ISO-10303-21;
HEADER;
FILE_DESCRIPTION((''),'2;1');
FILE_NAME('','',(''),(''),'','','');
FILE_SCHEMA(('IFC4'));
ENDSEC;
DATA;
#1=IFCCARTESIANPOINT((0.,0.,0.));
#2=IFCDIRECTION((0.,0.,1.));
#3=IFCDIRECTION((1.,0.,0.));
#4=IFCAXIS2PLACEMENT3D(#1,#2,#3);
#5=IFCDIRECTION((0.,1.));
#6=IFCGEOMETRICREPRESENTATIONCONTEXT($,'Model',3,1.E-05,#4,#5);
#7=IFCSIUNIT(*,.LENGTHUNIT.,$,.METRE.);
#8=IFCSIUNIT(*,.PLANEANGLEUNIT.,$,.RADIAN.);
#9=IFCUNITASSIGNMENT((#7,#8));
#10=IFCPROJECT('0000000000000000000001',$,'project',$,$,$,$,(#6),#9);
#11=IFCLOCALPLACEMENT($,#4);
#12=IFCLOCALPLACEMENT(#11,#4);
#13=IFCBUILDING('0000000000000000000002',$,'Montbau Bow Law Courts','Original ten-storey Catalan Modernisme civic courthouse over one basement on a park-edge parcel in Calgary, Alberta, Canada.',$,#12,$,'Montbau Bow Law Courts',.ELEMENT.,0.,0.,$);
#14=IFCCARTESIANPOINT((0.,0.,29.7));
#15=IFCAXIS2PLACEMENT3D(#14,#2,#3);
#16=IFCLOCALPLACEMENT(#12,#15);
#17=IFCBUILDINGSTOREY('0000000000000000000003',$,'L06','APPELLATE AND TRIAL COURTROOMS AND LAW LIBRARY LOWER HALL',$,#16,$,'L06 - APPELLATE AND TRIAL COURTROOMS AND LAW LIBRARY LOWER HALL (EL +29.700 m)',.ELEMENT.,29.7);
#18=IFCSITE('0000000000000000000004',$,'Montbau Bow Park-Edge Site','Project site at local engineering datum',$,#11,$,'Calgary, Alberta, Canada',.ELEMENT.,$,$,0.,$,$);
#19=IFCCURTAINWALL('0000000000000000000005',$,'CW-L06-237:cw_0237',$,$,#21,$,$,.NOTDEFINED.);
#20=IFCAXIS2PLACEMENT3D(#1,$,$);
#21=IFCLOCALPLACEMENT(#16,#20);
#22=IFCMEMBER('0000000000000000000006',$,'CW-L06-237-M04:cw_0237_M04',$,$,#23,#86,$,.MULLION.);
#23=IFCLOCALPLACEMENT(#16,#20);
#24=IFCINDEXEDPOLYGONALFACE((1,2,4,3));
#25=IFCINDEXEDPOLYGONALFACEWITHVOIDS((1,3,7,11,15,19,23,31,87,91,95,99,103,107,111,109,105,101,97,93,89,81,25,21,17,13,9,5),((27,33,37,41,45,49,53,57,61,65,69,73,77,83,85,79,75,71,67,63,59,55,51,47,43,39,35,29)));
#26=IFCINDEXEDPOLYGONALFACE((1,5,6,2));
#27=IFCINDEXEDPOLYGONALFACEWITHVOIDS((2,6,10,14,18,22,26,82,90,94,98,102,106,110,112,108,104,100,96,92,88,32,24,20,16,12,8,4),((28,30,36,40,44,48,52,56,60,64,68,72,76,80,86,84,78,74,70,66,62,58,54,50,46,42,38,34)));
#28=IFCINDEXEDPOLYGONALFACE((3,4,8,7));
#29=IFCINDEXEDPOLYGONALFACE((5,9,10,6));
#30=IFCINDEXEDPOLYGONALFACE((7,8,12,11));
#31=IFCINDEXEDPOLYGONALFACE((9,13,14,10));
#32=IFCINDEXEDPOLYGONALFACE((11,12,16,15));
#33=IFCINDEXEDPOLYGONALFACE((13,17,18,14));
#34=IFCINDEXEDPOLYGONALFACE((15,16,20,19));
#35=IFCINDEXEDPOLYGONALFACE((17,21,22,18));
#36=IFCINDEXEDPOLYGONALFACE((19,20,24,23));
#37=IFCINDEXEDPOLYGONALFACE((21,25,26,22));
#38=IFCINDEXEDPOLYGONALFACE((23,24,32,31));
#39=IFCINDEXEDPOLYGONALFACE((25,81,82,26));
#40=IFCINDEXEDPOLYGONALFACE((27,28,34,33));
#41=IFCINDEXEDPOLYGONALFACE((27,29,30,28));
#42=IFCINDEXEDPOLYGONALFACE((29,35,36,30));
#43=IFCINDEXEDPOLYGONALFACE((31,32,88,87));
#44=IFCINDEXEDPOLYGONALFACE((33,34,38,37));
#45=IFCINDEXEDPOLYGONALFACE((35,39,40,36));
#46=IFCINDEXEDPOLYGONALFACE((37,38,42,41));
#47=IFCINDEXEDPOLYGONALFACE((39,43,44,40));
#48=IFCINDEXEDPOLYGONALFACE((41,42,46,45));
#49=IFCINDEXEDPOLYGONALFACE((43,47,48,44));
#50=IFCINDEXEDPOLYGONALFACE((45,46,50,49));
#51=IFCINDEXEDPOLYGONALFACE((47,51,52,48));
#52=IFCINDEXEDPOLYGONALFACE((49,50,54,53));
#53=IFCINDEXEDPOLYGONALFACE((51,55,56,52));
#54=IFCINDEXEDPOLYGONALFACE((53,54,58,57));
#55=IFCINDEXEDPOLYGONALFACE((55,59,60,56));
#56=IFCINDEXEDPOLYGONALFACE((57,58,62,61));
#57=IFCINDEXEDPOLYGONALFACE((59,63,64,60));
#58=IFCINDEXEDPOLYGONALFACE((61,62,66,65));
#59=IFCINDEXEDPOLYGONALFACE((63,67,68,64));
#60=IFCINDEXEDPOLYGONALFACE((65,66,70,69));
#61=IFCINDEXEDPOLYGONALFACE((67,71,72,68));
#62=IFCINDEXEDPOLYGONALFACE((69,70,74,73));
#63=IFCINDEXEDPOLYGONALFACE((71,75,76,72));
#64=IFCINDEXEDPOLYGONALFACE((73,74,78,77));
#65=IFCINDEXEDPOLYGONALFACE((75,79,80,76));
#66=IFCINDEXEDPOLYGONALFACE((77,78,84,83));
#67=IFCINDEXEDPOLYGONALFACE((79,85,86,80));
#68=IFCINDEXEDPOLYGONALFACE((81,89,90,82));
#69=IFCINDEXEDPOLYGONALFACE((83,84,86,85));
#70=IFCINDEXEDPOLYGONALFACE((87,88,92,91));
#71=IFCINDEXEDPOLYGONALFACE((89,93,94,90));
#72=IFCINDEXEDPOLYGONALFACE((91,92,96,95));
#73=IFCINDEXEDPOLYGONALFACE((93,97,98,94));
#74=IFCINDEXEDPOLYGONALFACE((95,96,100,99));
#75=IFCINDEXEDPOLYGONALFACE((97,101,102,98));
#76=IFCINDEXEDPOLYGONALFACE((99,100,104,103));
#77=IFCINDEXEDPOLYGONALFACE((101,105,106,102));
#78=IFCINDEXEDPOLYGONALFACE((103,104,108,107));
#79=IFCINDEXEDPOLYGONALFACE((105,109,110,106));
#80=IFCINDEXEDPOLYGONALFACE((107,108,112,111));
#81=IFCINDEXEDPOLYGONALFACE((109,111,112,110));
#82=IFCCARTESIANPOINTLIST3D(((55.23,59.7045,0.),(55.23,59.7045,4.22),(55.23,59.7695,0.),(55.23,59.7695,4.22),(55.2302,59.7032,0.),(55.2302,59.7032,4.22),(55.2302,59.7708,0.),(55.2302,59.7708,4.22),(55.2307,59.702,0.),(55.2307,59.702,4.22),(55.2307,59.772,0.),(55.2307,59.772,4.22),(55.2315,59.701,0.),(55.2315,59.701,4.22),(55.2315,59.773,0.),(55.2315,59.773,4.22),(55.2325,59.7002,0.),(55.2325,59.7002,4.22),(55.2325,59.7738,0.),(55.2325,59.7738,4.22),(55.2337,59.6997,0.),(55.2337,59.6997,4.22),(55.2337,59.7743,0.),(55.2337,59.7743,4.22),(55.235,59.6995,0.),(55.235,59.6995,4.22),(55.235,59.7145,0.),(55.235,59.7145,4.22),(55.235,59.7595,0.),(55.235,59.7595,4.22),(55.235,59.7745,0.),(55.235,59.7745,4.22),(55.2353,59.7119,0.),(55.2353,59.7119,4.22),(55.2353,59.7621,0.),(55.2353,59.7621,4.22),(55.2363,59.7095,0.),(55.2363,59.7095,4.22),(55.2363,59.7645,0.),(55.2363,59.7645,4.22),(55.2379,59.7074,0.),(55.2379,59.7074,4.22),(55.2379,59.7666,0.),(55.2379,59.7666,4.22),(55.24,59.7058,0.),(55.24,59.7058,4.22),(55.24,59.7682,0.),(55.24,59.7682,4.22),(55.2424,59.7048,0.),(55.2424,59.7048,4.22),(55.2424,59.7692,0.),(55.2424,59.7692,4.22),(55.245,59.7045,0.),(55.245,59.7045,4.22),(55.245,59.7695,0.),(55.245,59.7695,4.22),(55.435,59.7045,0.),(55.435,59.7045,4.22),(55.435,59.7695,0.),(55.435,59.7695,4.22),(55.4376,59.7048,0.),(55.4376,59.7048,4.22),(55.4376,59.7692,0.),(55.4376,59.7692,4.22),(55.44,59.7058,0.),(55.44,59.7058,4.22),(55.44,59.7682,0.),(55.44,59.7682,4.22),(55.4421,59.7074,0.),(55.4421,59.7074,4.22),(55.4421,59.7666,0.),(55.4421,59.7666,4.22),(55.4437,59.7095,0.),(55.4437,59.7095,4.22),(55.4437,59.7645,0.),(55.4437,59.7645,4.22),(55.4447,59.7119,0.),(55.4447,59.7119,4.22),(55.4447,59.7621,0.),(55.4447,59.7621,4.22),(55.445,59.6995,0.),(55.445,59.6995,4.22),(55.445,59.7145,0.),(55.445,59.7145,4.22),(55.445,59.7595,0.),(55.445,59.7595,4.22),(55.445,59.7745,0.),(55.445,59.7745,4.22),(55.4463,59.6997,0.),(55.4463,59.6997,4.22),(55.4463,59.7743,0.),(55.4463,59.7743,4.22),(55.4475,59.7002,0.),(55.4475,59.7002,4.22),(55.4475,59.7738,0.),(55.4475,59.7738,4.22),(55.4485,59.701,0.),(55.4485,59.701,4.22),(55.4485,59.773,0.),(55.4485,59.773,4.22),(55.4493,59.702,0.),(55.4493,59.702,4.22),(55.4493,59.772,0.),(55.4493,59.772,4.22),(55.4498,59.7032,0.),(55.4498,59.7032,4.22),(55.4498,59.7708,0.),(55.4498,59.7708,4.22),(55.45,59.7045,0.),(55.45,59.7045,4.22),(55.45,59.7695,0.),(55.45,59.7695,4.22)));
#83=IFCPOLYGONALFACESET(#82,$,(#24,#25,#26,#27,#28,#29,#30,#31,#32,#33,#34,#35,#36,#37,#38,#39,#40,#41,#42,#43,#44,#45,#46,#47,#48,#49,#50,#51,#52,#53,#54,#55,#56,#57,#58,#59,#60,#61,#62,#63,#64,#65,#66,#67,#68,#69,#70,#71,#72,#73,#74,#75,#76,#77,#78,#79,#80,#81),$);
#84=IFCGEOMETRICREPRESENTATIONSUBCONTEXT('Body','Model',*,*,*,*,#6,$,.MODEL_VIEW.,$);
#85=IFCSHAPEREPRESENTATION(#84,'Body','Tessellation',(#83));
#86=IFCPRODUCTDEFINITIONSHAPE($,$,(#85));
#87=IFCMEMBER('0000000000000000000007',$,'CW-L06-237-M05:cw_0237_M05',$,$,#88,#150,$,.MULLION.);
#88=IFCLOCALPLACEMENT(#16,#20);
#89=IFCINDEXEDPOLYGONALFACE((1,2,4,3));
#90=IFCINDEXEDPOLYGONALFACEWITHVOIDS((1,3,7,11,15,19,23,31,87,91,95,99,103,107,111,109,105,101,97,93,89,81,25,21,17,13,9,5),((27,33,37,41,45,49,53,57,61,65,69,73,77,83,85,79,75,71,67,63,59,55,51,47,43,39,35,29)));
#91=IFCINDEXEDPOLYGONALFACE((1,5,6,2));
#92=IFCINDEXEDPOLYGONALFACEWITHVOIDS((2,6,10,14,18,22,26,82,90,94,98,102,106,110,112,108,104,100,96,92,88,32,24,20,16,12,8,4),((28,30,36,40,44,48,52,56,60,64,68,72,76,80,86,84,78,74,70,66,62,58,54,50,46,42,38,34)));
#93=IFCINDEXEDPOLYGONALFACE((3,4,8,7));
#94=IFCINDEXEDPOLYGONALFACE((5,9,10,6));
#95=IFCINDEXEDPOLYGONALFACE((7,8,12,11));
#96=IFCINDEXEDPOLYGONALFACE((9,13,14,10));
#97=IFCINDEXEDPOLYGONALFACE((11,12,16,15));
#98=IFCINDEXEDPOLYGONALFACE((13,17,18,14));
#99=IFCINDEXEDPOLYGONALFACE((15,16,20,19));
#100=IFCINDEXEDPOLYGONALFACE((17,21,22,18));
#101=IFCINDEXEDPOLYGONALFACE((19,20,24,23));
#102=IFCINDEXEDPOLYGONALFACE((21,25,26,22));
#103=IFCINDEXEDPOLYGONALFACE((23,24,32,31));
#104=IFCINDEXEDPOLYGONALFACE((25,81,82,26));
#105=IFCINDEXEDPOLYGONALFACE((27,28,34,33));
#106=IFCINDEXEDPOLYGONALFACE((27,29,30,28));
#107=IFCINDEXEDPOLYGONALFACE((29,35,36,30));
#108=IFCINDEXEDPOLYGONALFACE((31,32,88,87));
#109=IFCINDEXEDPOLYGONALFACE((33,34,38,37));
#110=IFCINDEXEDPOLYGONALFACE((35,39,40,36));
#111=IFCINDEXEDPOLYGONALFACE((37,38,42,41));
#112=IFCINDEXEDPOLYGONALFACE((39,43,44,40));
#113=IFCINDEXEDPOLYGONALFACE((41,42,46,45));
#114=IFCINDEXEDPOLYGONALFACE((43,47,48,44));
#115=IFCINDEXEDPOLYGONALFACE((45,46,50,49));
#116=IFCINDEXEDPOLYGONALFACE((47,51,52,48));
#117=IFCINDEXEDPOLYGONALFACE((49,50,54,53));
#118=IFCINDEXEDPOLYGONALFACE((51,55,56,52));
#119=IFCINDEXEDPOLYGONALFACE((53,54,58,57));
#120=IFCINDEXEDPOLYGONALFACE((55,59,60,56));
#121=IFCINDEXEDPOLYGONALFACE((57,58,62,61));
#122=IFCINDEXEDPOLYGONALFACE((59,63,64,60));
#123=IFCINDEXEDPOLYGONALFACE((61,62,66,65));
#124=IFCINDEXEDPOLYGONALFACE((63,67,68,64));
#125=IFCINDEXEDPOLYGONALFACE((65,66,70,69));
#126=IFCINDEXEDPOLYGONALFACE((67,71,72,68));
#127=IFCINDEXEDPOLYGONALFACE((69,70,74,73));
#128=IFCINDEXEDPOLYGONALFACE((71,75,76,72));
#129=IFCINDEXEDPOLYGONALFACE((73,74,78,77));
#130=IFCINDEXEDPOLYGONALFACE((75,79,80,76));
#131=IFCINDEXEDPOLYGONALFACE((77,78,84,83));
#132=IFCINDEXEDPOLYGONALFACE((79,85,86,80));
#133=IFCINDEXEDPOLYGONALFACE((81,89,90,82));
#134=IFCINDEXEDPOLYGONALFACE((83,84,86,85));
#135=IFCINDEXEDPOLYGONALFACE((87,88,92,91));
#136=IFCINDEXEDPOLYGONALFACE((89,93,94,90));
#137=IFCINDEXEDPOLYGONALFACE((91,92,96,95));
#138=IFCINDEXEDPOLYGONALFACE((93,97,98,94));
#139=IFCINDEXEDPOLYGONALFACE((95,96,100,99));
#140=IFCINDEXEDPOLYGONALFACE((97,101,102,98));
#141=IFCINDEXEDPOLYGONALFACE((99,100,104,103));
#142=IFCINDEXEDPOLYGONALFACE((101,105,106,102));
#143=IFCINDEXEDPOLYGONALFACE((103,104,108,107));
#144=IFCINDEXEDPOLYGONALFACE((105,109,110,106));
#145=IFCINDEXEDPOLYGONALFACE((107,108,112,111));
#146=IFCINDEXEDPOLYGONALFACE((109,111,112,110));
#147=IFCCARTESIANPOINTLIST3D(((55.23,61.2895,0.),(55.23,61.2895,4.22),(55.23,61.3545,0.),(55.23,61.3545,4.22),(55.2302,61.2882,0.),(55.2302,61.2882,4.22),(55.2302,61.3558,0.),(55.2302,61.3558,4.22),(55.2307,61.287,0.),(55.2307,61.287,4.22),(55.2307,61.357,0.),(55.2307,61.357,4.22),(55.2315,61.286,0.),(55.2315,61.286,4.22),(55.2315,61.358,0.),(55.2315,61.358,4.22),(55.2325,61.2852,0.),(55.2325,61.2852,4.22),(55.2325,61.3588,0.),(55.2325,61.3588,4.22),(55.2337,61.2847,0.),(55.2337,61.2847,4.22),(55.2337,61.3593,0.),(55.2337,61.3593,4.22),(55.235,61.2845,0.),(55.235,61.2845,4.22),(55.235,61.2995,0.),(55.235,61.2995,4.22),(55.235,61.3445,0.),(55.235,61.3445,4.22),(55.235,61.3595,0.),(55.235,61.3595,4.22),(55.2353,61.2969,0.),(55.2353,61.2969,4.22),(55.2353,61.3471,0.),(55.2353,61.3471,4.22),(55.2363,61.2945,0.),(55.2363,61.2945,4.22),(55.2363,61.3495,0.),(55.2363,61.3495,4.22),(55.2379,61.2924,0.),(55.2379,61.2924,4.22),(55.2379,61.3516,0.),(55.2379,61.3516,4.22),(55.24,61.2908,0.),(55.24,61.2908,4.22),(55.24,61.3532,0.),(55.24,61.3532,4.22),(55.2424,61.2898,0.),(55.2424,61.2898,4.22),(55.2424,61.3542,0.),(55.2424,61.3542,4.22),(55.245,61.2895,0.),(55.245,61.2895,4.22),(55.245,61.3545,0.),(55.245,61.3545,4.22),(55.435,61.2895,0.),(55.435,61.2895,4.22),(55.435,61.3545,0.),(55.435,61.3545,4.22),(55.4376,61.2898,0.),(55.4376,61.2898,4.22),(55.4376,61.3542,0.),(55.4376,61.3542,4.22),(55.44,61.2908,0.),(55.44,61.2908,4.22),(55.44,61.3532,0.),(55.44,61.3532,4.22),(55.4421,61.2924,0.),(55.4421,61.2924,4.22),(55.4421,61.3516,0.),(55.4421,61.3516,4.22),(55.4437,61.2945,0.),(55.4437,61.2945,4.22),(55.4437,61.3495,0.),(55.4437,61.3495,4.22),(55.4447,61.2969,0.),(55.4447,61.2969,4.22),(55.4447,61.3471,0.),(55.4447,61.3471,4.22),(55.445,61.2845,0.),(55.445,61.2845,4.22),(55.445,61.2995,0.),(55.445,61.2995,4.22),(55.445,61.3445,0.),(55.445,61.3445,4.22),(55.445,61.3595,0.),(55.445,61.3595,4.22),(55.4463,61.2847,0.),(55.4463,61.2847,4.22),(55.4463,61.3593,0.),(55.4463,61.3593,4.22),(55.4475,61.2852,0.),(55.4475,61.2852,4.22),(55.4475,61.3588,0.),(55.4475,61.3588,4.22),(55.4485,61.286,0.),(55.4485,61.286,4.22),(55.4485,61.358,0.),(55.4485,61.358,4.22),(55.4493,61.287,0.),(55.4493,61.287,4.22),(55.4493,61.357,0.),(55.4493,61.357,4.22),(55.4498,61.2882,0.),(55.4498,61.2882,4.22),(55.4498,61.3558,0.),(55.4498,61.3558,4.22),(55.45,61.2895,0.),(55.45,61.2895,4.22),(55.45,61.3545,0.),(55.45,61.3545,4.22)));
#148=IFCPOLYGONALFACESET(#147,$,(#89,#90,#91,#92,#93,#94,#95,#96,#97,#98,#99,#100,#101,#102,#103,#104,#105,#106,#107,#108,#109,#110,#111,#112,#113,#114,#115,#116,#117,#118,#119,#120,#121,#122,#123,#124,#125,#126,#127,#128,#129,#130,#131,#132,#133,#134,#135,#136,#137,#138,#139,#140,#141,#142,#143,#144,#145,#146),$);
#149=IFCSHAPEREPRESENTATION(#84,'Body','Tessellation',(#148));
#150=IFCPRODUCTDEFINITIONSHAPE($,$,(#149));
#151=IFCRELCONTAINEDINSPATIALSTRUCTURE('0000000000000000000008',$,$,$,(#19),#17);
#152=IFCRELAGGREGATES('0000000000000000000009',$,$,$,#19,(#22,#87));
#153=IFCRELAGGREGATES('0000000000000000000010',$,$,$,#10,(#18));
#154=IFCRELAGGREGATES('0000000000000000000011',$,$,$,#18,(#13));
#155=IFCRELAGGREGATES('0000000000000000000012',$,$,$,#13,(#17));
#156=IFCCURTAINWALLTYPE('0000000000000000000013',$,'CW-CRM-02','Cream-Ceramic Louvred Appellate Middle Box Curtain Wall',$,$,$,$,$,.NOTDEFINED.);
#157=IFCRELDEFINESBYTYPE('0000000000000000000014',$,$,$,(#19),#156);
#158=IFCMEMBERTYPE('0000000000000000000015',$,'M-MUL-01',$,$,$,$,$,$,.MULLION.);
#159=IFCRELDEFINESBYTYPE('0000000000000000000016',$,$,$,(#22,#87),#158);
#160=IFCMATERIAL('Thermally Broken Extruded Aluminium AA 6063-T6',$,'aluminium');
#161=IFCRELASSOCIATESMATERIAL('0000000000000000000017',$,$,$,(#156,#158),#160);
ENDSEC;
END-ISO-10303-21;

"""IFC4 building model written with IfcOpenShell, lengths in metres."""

from ifc_helpers import new_model, si_unit, direction, frame, origin_with_axes, origin_2d_with_axis, place, context, subcontext, project, spatial, hollow_rectangle, extrude, material, material_profile, profile_set, type_object, element, aggregate, save


model = new_model("IFC4")

# Units and contexts
model_context = context("Model", 3, precision=1e-05, world=origin_with_axes(), true_north=direction((0.0, 1.0)))
body_context = subcontext(model_context, "Body", "Model", "MODEL_VIEW")
ifc_project = project(units=[si_unit("LENGTHUNIT", "METRE"), si_unit("PLANEANGLEUNIT", "RADIAN")], contexts=[model_context])

# Site, building, storey
site_placement = place(None, origin_with_axes())
site = spatial("IfcSite", under=ifc_project, at=site_placement, Name="Montbau Bow Park-Edge Site", Description="Project site at local engineering datum", LongName="Calgary, Alberta, Canada", CompositionType="ELEMENT", RefElevation=0.0)
building_placement = place(site_placement, origin_with_axes())
building = spatial("IfcBuilding", under=site, at=building_placement, Name="Montbau Bow Law Courts", Description="Original ten-storey Catalan Modernisme civic courthouse over one basement on a park-edge parcel in Calgary, Alberta, Canada.", LongName="Montbau Bow Law Courts", CompositionType="ELEMENT", ElevationOfRefHeight=0.0, ElevationOfTerrain=0.0)
storey_placement = place(building_placement, frame((0.0, 0.0, 29.7), z_axis=(0.0, 0.0, 1.0), x_axis=(1.0, 0.0, 0.0)))
storey = spatial("IfcBuildingStorey", under=building, at=storey_placement, Name="L06", Description="APPELLATE AND TRIAL COURTROOMS AND LAW LIBRARY LOWER HALL", LongName="L06 - APPELLATE AND TRIAL COURTROOMS AND LAW LIBRARY LOWER HALL (EL +29.700 m)", CompositionType="ELEMENT", Elevation=29.7)

# Curtain wall, members
ifc_material_1 = material(Name="Thermally Broken Extruded Aluminium AA 6063-T6", Category="aluminium")
curtain_wall_type = type_object("IfcCurtainWallType", Name="CW-CRM-02", Description="Cream-Ceramic Louvred Appellate Middle Box Curtain Wall", PredefinedType="NOTDEFINED", material=ifc_material_1)
curtain_wall_1_placement = place(None, frame((55.34, 54.868, 29.7), z_axis=(0.0, 0.0, 1.0), x_axis=(1.0, 0.0, 0.0)))
curtain_wall_1 = element("IfcCurtainWall", 1, at=curtain_wall_1_placement, inside=storey, type_object=curtain_wall_type, Name="CW-L06-237:cw_0237", PredefinedType="NOTDEFINED")
ifc_material_profile_1 = material_profile(ifc_material_1, hollow_rectangle(XDim=0.075, YDim=0.22, WallThickness=0.005, InnerFilletRadius=0.01, OuterFilletRadius=0.005, at=origin_2d_with_axis()), Name="CWM-220X75", Category="Main", Priority=0)
ifc_profile_set_1 = profile_set([ifc_material_profile_1], Name="Thermally Broken Extruded Aluminium AA 6063-T6")
member_type_1 = type_object("IfcMemberType", Name="M-MUL-01", PredefinedType="MULLION", material=ifc_profile_set_1)
member_1_placement = place(None, frame((55.34, 59.737, 29.7), z_axis=(0.0, 0.0, 1.0), x_axis=(0.0, 1.0, 0.0)))
member_1 = element("IfcMember", 2, at=member_1_placement, type_object=member_type_1, Name="CW-L06-237-M04:cw_0237_M04", PredefinedType="MULLION", context=body_context, shape_type="SweptSolid", body=[
    extrude(hollow_rectangle(XDim=0.075, YDim=0.22, WallThickness=0.005, InnerFilletRadius=0.01, OuterFilletRadius=0.005, at=origin_2d_with_axis()), origin_with_axes(), (0.0, 0.0, 1.0), 4.22),
])
member_2_placement = place(None, frame((55.34, 61.322, 29.7), z_axis=(0.0, 0.0, 1.0), x_axis=(0.0, 1.0, 0.0)))
member_2 = element("IfcMember", 3, at=member_2_placement, type_object=member_type_1, Name="CW-L06-237-M05:cw_0237_M05", PredefinedType="MULLION", context=body_context, shape_type="SweptSolid", body=[
    extrude(hollow_rectangle(XDim=0.075, YDim=0.22, WallThickness=0.005, InnerFilletRadius=0.01, OuterFilletRadius=0.005, at=origin_2d_with_axis()), origin_with_axes(), (0.0, 0.0, 1.0), 4.22),
])

aggregate(curtain_wall_1, [member_1, member_2])

save(model, "model.ifc")
